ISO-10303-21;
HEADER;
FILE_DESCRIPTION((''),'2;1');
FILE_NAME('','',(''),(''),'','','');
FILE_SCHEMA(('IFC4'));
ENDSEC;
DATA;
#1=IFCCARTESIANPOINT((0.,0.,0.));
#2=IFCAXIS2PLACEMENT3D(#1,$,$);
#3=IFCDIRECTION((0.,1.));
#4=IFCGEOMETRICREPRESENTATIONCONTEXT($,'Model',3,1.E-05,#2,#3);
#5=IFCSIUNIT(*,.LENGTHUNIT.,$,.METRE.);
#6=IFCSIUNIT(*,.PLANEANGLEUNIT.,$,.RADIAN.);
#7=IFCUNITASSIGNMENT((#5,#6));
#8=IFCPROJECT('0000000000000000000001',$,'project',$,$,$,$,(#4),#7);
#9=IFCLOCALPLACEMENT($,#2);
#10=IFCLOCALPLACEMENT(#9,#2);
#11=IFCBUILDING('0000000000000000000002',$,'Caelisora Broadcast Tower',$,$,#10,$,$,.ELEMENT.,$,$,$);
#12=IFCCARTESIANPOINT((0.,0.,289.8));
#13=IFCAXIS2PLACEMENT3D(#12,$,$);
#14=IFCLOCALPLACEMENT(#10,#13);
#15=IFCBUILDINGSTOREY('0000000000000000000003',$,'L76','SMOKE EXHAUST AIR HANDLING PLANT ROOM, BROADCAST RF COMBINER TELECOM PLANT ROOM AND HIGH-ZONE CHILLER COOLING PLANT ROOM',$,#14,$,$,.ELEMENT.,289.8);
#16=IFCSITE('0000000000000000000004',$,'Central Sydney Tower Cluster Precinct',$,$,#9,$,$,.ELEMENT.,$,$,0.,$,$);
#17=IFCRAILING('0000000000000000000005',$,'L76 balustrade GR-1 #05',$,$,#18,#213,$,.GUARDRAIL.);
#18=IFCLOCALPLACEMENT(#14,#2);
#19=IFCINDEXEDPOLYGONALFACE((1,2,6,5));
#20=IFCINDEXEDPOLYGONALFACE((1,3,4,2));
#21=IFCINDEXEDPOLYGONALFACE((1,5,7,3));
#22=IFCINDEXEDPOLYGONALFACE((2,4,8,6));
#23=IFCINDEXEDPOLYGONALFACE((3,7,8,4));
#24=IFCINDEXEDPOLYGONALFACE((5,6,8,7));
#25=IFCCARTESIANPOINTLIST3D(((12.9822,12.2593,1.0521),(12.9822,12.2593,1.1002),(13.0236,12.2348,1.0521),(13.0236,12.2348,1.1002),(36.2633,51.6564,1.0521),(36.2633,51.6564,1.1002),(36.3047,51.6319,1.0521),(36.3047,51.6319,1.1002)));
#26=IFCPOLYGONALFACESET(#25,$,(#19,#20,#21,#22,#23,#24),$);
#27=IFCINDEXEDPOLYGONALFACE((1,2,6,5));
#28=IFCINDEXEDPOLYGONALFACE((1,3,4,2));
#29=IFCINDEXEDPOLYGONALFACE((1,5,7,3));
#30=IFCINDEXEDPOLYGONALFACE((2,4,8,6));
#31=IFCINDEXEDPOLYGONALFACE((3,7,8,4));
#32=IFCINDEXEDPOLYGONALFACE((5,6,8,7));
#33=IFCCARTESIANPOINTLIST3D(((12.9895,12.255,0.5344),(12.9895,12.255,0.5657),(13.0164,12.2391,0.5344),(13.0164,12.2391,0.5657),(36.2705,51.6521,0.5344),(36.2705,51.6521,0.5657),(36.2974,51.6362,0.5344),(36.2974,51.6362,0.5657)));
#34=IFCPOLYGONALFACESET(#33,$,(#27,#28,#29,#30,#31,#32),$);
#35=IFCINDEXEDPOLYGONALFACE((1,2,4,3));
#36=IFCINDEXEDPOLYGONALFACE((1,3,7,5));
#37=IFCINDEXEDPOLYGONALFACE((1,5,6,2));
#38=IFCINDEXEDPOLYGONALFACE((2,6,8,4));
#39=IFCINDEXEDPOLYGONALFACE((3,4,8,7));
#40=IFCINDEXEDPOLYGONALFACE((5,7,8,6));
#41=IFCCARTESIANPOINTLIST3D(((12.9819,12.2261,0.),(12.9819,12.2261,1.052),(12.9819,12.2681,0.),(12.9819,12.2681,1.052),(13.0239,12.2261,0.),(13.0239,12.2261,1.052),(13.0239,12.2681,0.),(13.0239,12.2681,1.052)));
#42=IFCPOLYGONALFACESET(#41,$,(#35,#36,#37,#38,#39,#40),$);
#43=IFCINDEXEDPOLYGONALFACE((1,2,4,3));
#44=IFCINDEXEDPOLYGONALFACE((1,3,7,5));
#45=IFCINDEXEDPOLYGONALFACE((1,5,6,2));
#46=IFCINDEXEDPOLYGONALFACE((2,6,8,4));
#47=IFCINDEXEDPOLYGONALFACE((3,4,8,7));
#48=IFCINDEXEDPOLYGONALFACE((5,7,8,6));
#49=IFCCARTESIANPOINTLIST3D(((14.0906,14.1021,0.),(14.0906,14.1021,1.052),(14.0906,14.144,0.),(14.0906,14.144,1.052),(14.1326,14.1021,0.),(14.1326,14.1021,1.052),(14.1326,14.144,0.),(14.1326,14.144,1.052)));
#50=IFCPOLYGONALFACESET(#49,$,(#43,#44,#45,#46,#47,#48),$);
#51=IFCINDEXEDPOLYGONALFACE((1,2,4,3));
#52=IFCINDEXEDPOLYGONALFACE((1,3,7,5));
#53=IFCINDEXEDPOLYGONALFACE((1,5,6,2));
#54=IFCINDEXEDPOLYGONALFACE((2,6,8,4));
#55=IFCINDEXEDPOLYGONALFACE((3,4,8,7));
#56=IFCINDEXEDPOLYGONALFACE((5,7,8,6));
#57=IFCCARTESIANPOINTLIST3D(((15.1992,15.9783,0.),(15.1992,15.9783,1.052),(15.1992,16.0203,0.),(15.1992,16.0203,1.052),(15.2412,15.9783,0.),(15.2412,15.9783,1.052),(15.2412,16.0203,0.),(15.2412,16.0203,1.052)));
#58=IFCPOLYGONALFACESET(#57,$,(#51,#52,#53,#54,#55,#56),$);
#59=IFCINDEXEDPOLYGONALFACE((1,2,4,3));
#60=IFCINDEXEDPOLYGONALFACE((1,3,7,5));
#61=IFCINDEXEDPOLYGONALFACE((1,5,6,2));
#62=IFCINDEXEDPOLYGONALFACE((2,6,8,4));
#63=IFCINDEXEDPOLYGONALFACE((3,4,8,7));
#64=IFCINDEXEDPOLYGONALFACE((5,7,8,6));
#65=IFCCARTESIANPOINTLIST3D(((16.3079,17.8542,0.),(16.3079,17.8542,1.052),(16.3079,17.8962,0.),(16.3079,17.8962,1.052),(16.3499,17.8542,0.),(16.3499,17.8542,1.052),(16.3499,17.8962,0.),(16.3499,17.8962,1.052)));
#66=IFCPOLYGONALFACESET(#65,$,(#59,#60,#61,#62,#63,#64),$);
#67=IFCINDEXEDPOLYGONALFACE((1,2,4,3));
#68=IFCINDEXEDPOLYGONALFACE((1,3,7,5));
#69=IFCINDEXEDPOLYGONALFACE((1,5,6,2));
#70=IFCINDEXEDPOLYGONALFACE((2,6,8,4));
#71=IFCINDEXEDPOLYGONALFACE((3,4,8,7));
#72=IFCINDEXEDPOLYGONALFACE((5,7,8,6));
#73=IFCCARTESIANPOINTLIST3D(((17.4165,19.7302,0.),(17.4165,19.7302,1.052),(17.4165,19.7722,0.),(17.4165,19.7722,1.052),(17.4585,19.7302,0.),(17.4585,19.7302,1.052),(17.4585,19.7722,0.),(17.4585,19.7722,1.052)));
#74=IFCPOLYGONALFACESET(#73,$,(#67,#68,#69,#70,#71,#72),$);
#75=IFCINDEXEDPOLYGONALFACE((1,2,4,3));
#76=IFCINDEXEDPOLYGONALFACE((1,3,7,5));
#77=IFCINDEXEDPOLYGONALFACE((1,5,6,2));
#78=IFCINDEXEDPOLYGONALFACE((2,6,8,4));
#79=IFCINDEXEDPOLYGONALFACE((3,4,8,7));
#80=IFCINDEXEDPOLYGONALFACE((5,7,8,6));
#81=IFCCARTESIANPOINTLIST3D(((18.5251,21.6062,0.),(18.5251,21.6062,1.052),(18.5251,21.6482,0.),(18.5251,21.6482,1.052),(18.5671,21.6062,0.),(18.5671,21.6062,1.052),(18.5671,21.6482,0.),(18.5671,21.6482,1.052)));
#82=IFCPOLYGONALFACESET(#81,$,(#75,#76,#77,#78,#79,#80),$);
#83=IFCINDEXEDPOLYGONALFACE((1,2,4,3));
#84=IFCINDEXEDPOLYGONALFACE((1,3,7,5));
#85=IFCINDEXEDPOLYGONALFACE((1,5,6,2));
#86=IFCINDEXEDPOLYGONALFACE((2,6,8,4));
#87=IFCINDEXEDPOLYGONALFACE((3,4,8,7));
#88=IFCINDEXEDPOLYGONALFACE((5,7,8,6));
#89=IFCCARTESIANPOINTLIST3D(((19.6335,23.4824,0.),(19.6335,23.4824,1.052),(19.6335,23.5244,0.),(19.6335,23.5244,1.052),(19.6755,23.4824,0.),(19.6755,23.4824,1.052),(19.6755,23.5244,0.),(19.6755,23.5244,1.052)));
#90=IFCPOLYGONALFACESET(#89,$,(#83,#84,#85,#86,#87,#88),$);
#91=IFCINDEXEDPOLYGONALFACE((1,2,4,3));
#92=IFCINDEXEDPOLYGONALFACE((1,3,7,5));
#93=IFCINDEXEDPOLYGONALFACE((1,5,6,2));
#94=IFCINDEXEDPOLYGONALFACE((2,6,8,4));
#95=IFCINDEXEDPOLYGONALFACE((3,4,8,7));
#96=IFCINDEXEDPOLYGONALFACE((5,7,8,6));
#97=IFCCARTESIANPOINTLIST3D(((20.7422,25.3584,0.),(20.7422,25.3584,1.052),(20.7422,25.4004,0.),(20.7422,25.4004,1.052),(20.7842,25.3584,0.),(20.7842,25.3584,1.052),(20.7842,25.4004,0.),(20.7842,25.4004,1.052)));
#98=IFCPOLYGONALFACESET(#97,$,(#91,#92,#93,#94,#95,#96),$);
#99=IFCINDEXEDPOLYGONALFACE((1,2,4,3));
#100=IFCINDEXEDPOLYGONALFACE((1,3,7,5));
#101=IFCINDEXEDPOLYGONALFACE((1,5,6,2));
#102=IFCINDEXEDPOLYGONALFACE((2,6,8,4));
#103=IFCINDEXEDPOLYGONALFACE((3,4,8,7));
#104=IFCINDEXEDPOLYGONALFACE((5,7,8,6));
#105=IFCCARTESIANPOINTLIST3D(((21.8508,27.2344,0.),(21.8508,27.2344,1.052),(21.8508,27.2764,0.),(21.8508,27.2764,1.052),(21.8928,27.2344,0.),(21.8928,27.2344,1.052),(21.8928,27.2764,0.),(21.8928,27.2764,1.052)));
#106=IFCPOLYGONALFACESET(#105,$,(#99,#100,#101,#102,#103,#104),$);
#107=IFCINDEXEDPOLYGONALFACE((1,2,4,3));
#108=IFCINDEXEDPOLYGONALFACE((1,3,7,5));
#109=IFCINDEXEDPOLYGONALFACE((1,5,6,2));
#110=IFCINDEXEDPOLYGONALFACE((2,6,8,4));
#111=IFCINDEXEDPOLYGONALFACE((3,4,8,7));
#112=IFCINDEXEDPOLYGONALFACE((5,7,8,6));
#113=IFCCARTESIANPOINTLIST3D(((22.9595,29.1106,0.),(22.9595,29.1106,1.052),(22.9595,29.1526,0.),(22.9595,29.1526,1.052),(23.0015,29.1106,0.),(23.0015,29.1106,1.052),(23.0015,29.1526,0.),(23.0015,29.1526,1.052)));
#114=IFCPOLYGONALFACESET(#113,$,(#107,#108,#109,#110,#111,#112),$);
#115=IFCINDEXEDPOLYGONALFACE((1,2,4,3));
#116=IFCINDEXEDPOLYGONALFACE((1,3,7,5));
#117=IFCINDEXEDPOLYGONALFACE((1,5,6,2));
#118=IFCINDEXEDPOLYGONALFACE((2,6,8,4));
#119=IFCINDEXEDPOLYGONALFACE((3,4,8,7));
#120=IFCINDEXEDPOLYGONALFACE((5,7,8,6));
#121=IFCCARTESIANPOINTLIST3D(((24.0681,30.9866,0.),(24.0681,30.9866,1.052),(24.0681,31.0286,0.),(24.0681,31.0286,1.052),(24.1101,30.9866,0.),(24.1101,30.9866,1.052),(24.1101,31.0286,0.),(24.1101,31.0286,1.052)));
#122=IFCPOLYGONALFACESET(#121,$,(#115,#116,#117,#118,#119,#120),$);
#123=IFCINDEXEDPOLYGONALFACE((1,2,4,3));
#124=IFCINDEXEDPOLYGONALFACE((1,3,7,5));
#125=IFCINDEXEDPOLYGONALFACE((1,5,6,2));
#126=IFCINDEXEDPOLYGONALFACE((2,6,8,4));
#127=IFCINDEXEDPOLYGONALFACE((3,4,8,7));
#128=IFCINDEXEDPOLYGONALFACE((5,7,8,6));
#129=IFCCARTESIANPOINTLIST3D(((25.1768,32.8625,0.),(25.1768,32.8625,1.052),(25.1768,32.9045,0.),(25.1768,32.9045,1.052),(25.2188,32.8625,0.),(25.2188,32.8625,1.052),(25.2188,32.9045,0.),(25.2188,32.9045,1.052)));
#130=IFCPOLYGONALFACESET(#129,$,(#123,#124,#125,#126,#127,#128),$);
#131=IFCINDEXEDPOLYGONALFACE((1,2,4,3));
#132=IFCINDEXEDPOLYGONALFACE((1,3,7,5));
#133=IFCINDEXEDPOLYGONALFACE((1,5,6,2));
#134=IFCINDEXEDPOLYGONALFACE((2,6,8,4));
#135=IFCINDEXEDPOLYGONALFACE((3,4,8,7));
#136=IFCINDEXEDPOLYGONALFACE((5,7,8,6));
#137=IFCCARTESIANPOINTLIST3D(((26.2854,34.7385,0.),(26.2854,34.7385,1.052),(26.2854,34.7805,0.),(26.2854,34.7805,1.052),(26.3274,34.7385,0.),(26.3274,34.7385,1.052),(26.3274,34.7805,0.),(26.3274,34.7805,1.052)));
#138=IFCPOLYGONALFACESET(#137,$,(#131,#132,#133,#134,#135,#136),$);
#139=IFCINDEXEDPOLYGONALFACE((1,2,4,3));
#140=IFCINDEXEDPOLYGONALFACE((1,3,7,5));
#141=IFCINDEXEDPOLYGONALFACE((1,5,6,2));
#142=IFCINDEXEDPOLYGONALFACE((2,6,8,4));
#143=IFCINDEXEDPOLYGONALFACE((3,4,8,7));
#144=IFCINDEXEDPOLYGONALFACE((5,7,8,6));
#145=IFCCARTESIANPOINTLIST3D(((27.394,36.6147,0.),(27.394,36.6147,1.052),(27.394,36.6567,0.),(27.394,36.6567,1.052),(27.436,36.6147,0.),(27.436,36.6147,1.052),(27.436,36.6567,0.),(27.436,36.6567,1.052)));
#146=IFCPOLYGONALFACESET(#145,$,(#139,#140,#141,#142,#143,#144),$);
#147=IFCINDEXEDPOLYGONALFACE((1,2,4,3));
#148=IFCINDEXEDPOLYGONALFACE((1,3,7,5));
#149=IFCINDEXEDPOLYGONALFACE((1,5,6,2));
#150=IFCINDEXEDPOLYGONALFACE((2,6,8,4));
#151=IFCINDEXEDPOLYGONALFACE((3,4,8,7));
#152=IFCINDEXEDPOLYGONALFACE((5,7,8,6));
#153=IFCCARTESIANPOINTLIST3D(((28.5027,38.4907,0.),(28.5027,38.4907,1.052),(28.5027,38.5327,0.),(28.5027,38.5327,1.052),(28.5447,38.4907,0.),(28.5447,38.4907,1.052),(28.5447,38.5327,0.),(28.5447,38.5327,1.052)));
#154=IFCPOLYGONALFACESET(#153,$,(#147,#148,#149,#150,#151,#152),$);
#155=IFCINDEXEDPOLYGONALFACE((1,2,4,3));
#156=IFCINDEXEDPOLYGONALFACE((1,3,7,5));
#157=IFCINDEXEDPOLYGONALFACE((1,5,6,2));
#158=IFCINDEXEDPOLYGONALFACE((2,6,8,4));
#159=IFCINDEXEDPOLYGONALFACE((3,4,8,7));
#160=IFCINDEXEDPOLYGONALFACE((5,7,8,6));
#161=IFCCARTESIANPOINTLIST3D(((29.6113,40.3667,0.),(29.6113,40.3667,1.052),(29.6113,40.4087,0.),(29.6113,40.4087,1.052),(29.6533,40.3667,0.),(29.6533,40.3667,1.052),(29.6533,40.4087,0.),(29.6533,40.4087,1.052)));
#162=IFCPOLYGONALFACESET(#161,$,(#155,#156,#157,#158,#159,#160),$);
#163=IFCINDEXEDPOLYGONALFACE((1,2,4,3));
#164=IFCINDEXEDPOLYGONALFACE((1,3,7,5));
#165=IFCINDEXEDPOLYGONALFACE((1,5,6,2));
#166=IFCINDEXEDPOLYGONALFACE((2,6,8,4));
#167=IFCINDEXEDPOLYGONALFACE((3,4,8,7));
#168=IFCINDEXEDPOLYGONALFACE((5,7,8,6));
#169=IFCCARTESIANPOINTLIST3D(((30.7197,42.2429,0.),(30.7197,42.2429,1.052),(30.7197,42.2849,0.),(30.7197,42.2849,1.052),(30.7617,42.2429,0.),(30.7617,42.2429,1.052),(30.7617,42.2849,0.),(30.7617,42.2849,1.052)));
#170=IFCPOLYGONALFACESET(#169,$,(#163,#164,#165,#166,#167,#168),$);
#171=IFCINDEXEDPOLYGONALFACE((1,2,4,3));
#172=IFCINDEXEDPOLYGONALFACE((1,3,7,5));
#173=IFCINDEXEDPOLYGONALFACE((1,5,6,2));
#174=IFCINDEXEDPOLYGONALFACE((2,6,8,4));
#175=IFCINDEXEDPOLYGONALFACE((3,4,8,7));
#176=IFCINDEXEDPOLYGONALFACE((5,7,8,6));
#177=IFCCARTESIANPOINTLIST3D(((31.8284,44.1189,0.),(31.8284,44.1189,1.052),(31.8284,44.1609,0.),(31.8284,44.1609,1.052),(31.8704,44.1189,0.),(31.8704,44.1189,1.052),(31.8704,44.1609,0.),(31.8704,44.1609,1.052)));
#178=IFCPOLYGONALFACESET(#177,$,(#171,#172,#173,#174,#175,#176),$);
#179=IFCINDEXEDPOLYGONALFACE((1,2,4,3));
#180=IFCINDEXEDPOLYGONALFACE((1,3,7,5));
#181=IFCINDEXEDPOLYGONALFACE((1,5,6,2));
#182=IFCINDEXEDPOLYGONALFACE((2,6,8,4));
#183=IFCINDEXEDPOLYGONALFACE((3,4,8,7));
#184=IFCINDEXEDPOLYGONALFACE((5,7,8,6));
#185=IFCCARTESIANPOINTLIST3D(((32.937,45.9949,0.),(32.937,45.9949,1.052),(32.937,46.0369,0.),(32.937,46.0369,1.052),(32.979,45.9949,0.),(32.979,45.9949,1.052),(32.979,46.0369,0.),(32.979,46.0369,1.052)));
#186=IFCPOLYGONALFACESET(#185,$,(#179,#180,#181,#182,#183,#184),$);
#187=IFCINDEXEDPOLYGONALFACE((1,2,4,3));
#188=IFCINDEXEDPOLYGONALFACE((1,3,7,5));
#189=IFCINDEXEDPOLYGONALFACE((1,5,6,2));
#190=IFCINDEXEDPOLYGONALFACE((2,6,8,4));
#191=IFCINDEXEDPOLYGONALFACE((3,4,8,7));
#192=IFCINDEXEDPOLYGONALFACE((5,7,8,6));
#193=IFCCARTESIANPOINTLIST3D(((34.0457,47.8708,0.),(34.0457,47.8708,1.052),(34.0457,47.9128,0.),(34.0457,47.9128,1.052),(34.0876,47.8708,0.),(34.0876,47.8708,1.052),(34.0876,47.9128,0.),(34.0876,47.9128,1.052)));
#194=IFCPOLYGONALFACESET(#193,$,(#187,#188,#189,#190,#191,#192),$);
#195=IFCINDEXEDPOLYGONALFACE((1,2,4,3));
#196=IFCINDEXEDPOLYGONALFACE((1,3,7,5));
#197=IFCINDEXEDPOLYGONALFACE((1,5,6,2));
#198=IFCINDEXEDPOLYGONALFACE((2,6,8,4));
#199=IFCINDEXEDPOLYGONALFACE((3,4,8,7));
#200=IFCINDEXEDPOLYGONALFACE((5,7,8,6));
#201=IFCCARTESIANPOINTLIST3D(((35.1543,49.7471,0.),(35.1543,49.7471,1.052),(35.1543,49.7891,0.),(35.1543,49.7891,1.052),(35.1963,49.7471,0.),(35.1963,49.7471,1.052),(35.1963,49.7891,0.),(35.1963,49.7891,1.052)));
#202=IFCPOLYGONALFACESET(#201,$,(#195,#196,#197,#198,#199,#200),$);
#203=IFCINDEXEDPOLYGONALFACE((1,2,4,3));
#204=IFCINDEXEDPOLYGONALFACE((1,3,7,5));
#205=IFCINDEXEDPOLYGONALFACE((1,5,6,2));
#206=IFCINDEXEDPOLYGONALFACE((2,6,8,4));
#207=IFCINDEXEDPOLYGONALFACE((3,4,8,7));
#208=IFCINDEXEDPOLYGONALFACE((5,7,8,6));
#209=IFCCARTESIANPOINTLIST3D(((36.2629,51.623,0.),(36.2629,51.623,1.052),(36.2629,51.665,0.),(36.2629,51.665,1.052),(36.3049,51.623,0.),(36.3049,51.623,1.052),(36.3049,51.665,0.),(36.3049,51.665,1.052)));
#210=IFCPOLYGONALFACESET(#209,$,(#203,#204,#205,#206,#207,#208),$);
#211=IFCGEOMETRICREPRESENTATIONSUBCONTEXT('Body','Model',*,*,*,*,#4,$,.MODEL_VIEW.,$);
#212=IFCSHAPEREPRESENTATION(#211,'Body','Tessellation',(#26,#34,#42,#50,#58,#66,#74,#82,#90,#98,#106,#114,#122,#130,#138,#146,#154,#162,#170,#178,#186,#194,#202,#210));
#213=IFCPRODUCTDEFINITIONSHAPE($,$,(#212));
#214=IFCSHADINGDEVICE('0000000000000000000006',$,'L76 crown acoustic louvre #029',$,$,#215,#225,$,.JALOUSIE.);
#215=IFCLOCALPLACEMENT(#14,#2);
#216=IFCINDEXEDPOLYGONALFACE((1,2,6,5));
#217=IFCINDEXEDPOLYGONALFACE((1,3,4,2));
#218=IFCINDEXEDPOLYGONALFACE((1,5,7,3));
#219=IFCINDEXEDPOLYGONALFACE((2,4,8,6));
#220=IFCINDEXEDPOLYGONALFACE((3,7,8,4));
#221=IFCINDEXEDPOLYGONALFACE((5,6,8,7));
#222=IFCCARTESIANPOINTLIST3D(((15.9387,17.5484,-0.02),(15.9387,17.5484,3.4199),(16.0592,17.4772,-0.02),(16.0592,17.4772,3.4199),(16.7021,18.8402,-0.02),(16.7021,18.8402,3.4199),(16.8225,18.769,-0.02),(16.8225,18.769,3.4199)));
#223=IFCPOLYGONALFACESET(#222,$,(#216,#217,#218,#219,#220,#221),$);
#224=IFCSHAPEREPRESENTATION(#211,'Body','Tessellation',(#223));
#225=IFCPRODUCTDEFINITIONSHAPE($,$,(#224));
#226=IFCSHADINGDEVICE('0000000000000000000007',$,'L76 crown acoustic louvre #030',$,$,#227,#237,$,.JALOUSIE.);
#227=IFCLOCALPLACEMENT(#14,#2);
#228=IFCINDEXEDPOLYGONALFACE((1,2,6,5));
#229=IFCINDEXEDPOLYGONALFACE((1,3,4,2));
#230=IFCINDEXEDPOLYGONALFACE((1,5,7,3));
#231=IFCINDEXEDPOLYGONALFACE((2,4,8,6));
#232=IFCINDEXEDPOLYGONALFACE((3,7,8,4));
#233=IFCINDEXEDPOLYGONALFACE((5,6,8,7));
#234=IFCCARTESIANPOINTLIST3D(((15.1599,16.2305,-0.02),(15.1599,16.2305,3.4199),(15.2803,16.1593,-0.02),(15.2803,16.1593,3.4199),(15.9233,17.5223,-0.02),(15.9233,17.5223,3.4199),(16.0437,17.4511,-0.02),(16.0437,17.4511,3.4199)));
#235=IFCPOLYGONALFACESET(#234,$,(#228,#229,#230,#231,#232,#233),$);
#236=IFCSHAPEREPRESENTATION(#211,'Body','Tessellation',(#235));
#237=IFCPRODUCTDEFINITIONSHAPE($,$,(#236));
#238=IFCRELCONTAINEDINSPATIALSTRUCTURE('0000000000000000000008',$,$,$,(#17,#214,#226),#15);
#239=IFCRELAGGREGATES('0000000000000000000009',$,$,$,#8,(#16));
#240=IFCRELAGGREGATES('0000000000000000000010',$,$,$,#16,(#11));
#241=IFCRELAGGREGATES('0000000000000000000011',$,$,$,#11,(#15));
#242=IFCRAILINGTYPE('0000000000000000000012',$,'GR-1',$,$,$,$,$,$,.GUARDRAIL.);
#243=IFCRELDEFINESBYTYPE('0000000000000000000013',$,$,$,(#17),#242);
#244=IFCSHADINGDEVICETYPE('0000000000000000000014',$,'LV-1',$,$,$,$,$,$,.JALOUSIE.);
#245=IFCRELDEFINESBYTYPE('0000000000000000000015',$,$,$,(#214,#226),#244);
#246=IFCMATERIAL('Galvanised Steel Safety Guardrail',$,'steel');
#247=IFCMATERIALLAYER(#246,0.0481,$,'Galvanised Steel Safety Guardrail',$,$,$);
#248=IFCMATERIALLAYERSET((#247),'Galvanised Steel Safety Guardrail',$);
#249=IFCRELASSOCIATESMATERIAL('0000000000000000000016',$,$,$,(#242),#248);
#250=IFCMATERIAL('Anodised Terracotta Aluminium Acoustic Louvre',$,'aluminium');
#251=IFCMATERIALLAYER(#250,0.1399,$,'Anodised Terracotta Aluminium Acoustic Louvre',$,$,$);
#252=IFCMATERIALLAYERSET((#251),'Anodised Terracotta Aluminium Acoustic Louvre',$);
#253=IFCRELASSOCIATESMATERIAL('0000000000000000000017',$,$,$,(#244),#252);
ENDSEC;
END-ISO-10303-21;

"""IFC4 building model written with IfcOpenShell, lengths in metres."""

from ifc_helpers import new_model, si_unit, direction, frame, origin, origin_2d, place, context, subcontext, project, spatial, rectangle, extrude, source, transform, mapped, material, layer, layer_set, type_object, element, save


model = new_model("IFC4")

# Units and contexts
model_context = context("Model", 3, precision=1e-05, world=origin(), true_north=direction((0.0, 1.0)))
body_context = subcontext(model_context, "Body", "Model", "MODEL_VIEW")
ifc_project = project(units=[si_unit("LENGTHUNIT", "METRE"), si_unit("PLANEANGLEUNIT", "RADIAN")], contexts=[model_context])

# Site, building, storey
site_placement = place(None, origin())
site = spatial("IfcSite", under=ifc_project, at=site_placement, Name="Central Sydney Tower Cluster Precinct", CompositionType="ELEMENT", RefElevation=0.0)
building_placement = place(site_placement, origin())
building = spatial("IfcBuilding", under=site, at=building_placement, Name="Caelisora Broadcast Tower", CompositionType="ELEMENT")
storey_placement = place(building_placement, frame((0.0, 0.0, 289.8)))
storey = spatial("IfcBuildingStorey", under=building, at=storey_placement, Name="L76", Description="SMOKE EXHAUST AIR HANDLING PLANT ROOM, BROADCAST RF COMBINER TELECOM PLANT ROOM AND HIGH-ZONE CHILLER COOLING PLANT ROOM", CompositionType="ELEMENT", Elevation=289.8)

# Railing
ifc_material_1 = material(Name="Galvanised Steel Safety Guardrail", Category="steel")
ifc_layer_1 = layer(ifc_material_1, 0.0481, Name="Galvanised Steel Safety Guardrail")
ifc_layer_set_1 = layer_set([ifc_layer_1], Name="Galvanised Steel Safety Guardrail")
railing_type = type_object("IfcRailingType", Name="GR-1", PredefinedType="GUARDRAIL", material=ifc_layer_set_1)
railing_1_placement = place(storey_placement, frame((13.0029, 12.2471, 0.0)))
element("IfcRailing", 1, at=railing_1_placement, inside=storey, type_object=railing_type, Name="L76 balustrade GR-1 #05", PredefinedType="GUARDRAIL", context=body_context, shape_type="SweptSolid", body=[
    extrude(rectangle(XDim=0.0481, YDim=0.0481, at=origin_2d()), frame((0.0, 0.0, 1.0762), z_axis=(0.508745, 0.860917, 0.0), x_axis=(-0.860917, 0.508745, 0.0)), (0.0, 0.0, 1.0), 45.7617),
    extrude(rectangle(XDim=0.0312, YDim=0.0312, at=origin_2d()), frame((0.0, 0.0, 0.55), z_axis=(0.508745, 0.860917, 0.0), x_axis=(-0.860917, 0.508745, 0.0)), (0.0, 0.0, 1.0), 45.7617),
    extrude(rectangle(XDim=0.042, YDim=0.042, at=origin_2d()), origin(), (0.0, 0.0, 1.0), 1.052),
    extrude(rectangle(XDim=0.042, YDim=0.042, at=origin_2d()), frame((1.1086, 1.876, 0.0)), (0.0, 0.0, 1.0), 1.052),
    extrude(rectangle(XDim=0.042, YDim=0.042, at=origin_2d()), frame((2.2173, 3.7522, 0.0)), (0.0, 0.0, 1.0), 1.052),
    extrude(rectangle(XDim=0.042, YDim=0.042, at=origin_2d()), frame((3.3259, 5.6282, 0.0)), (0.0, 0.0, 1.0), 1.052),
    extrude(rectangle(XDim=0.042, YDim=0.042, at=origin_2d()), frame((4.4346, 7.5042, 0.0)), (0.0, 0.0, 1.0), 1.052),
    extrude(rectangle(XDim=0.042, YDim=0.042, at=origin_2d()), frame((5.5432, 9.3801, 0.0)), (0.0, 0.0, 1.0), 1.052),
    extrude(rectangle(XDim=0.042, YDim=0.042, at=origin_2d()), frame((6.6516, 11.2563, 0.0)), (0.0, 0.0, 1.0), 1.052),
    extrude(rectangle(XDim=0.042, YDim=0.042, at=origin_2d()), frame((7.7603, 13.1323, 0.0)), (0.0, 0.0, 1.0), 1.052),
    extrude(rectangle(XDim=0.042, YDim=0.042, at=origin_2d()), frame((8.8689, 15.0083, 0.0)), (0.0, 0.0, 1.0), 1.052),
    extrude(rectangle(XDim=0.042, YDim=0.042, at=origin_2d()), frame((9.9775, 16.8845, 0.0)), (0.0, 0.0, 1.0), 1.052),
    extrude(rectangle(XDim=0.042, YDim=0.042, at=origin_2d()), frame((11.0862, 18.7605, 0.0)), (0.0, 0.0, 1.0), 1.052),
    extrude(rectangle(XDim=0.042, YDim=0.042, at=origin_2d()), frame((12.1948, 20.6365, 0.0)), (0.0, 0.0, 1.0), 1.052),
    extrude(rectangle(XDim=0.042, YDim=0.042, at=origin_2d()), frame((13.3035, 22.5125, 0.0)), (0.0, 0.0, 1.0), 1.052),
    extrude(rectangle(XDim=0.042, YDim=0.042, at=origin_2d()), frame((14.4121, 24.3887, 0.0)), (0.0, 0.0, 1.0), 1.052),
    extrude(rectangle(XDim=0.042, YDim=0.042, at=origin_2d()), frame((15.5208, 26.2646, 0.0)), (0.0, 0.0, 1.0), 1.052),
    extrude(rectangle(XDim=0.042, YDim=0.042, at=origin_2d()), frame((16.6294, 28.1406, 0.0)), (0.0, 0.0, 1.0), 1.052),
    extrude(rectangle(XDim=0.042, YDim=0.042, at=origin_2d()), frame((17.7378, 30.0168, 0.0)), (0.0, 0.0, 1.0), 1.052),
    extrude(rectangle(XDim=0.042, YDim=0.042, at=origin_2d()), frame((18.8464, 31.8928, 0.0)), (0.0, 0.0, 1.0), 1.052),
    extrude(rectangle(XDim=0.042, YDim=0.042, at=origin_2d()), frame((19.9551, 33.7688, 0.0)), (0.0, 0.0, 1.0), 1.052),
    extrude(rectangle(XDim=0.042, YDim=0.042, at=origin_2d()), frame((21.0637, 35.6448, 0.0)), (0.0, 0.0, 1.0), 1.052),
    extrude(rectangle(XDim=0.042, YDim=0.042, at=origin_2d()), frame((22.1724, 37.521, 0.0)), (0.0, 0.0, 1.0), 1.052),
    extrude(rectangle(XDim=0.042, YDim=0.042, at=origin_2d()), frame((23.281, 39.397, 0.0)), (0.0, 0.0, 1.0), 1.052),
])

# Shading devices
ifc_material_2 = material(Name="Anodised Terracotta Aluminium Acoustic Louvre", Category="aluminium")
ifc_layer_2 = layer(ifc_material_2, 0.1399, Name="Anodised Terracotta Aluminium Acoustic Louvre")
ifc_layer_set_2 = layer_set([ifc_layer_2], Name="Anodised Terracotta Aluminium Acoustic Louvre")
shading_device_type = type_object("IfcShadingDeviceType", Name="LV-1", PredefinedType="JALOUSIE", material=ifc_layer_set_2)
shared_shape_1 = source(origin(), body_context, "Body", "SweptSolid", [
    extrude(rectangle(XDim=1.5005, YDim=0.1399, at=origin_2d()), origin(), (0.0, 0.0, 1.0), 3.4399),
])
for number, where, z_axis, x_axis, name in (
    (2, (16.3806, 18.1587, -0.02), (0.0, 0.0, 1.0), (-0.508741, -0.86092, 0.0), "L76 crown acoustic louvre #029"),
    (3, (15.6018, 16.8408, -0.02), (0.0, 0.0, 1.0), (-0.508741, -0.86092, 0.0), "L76 crown acoustic louvre #030"),
):
    element("IfcShadingDevice", number, at=place(storey_placement, frame(where, z_axis=z_axis, x_axis=x_axis)), inside=storey, type_object=shading_device_type, Name=name, PredefinedType="JALOUSIE", context=body_context, shape_type="MappedRepresentation", body=[
        mapped(shared_shape_1, transform((0.0, 0.0, 0.0), scale=1.0)),
    ])

save(model, "model.ifc")
